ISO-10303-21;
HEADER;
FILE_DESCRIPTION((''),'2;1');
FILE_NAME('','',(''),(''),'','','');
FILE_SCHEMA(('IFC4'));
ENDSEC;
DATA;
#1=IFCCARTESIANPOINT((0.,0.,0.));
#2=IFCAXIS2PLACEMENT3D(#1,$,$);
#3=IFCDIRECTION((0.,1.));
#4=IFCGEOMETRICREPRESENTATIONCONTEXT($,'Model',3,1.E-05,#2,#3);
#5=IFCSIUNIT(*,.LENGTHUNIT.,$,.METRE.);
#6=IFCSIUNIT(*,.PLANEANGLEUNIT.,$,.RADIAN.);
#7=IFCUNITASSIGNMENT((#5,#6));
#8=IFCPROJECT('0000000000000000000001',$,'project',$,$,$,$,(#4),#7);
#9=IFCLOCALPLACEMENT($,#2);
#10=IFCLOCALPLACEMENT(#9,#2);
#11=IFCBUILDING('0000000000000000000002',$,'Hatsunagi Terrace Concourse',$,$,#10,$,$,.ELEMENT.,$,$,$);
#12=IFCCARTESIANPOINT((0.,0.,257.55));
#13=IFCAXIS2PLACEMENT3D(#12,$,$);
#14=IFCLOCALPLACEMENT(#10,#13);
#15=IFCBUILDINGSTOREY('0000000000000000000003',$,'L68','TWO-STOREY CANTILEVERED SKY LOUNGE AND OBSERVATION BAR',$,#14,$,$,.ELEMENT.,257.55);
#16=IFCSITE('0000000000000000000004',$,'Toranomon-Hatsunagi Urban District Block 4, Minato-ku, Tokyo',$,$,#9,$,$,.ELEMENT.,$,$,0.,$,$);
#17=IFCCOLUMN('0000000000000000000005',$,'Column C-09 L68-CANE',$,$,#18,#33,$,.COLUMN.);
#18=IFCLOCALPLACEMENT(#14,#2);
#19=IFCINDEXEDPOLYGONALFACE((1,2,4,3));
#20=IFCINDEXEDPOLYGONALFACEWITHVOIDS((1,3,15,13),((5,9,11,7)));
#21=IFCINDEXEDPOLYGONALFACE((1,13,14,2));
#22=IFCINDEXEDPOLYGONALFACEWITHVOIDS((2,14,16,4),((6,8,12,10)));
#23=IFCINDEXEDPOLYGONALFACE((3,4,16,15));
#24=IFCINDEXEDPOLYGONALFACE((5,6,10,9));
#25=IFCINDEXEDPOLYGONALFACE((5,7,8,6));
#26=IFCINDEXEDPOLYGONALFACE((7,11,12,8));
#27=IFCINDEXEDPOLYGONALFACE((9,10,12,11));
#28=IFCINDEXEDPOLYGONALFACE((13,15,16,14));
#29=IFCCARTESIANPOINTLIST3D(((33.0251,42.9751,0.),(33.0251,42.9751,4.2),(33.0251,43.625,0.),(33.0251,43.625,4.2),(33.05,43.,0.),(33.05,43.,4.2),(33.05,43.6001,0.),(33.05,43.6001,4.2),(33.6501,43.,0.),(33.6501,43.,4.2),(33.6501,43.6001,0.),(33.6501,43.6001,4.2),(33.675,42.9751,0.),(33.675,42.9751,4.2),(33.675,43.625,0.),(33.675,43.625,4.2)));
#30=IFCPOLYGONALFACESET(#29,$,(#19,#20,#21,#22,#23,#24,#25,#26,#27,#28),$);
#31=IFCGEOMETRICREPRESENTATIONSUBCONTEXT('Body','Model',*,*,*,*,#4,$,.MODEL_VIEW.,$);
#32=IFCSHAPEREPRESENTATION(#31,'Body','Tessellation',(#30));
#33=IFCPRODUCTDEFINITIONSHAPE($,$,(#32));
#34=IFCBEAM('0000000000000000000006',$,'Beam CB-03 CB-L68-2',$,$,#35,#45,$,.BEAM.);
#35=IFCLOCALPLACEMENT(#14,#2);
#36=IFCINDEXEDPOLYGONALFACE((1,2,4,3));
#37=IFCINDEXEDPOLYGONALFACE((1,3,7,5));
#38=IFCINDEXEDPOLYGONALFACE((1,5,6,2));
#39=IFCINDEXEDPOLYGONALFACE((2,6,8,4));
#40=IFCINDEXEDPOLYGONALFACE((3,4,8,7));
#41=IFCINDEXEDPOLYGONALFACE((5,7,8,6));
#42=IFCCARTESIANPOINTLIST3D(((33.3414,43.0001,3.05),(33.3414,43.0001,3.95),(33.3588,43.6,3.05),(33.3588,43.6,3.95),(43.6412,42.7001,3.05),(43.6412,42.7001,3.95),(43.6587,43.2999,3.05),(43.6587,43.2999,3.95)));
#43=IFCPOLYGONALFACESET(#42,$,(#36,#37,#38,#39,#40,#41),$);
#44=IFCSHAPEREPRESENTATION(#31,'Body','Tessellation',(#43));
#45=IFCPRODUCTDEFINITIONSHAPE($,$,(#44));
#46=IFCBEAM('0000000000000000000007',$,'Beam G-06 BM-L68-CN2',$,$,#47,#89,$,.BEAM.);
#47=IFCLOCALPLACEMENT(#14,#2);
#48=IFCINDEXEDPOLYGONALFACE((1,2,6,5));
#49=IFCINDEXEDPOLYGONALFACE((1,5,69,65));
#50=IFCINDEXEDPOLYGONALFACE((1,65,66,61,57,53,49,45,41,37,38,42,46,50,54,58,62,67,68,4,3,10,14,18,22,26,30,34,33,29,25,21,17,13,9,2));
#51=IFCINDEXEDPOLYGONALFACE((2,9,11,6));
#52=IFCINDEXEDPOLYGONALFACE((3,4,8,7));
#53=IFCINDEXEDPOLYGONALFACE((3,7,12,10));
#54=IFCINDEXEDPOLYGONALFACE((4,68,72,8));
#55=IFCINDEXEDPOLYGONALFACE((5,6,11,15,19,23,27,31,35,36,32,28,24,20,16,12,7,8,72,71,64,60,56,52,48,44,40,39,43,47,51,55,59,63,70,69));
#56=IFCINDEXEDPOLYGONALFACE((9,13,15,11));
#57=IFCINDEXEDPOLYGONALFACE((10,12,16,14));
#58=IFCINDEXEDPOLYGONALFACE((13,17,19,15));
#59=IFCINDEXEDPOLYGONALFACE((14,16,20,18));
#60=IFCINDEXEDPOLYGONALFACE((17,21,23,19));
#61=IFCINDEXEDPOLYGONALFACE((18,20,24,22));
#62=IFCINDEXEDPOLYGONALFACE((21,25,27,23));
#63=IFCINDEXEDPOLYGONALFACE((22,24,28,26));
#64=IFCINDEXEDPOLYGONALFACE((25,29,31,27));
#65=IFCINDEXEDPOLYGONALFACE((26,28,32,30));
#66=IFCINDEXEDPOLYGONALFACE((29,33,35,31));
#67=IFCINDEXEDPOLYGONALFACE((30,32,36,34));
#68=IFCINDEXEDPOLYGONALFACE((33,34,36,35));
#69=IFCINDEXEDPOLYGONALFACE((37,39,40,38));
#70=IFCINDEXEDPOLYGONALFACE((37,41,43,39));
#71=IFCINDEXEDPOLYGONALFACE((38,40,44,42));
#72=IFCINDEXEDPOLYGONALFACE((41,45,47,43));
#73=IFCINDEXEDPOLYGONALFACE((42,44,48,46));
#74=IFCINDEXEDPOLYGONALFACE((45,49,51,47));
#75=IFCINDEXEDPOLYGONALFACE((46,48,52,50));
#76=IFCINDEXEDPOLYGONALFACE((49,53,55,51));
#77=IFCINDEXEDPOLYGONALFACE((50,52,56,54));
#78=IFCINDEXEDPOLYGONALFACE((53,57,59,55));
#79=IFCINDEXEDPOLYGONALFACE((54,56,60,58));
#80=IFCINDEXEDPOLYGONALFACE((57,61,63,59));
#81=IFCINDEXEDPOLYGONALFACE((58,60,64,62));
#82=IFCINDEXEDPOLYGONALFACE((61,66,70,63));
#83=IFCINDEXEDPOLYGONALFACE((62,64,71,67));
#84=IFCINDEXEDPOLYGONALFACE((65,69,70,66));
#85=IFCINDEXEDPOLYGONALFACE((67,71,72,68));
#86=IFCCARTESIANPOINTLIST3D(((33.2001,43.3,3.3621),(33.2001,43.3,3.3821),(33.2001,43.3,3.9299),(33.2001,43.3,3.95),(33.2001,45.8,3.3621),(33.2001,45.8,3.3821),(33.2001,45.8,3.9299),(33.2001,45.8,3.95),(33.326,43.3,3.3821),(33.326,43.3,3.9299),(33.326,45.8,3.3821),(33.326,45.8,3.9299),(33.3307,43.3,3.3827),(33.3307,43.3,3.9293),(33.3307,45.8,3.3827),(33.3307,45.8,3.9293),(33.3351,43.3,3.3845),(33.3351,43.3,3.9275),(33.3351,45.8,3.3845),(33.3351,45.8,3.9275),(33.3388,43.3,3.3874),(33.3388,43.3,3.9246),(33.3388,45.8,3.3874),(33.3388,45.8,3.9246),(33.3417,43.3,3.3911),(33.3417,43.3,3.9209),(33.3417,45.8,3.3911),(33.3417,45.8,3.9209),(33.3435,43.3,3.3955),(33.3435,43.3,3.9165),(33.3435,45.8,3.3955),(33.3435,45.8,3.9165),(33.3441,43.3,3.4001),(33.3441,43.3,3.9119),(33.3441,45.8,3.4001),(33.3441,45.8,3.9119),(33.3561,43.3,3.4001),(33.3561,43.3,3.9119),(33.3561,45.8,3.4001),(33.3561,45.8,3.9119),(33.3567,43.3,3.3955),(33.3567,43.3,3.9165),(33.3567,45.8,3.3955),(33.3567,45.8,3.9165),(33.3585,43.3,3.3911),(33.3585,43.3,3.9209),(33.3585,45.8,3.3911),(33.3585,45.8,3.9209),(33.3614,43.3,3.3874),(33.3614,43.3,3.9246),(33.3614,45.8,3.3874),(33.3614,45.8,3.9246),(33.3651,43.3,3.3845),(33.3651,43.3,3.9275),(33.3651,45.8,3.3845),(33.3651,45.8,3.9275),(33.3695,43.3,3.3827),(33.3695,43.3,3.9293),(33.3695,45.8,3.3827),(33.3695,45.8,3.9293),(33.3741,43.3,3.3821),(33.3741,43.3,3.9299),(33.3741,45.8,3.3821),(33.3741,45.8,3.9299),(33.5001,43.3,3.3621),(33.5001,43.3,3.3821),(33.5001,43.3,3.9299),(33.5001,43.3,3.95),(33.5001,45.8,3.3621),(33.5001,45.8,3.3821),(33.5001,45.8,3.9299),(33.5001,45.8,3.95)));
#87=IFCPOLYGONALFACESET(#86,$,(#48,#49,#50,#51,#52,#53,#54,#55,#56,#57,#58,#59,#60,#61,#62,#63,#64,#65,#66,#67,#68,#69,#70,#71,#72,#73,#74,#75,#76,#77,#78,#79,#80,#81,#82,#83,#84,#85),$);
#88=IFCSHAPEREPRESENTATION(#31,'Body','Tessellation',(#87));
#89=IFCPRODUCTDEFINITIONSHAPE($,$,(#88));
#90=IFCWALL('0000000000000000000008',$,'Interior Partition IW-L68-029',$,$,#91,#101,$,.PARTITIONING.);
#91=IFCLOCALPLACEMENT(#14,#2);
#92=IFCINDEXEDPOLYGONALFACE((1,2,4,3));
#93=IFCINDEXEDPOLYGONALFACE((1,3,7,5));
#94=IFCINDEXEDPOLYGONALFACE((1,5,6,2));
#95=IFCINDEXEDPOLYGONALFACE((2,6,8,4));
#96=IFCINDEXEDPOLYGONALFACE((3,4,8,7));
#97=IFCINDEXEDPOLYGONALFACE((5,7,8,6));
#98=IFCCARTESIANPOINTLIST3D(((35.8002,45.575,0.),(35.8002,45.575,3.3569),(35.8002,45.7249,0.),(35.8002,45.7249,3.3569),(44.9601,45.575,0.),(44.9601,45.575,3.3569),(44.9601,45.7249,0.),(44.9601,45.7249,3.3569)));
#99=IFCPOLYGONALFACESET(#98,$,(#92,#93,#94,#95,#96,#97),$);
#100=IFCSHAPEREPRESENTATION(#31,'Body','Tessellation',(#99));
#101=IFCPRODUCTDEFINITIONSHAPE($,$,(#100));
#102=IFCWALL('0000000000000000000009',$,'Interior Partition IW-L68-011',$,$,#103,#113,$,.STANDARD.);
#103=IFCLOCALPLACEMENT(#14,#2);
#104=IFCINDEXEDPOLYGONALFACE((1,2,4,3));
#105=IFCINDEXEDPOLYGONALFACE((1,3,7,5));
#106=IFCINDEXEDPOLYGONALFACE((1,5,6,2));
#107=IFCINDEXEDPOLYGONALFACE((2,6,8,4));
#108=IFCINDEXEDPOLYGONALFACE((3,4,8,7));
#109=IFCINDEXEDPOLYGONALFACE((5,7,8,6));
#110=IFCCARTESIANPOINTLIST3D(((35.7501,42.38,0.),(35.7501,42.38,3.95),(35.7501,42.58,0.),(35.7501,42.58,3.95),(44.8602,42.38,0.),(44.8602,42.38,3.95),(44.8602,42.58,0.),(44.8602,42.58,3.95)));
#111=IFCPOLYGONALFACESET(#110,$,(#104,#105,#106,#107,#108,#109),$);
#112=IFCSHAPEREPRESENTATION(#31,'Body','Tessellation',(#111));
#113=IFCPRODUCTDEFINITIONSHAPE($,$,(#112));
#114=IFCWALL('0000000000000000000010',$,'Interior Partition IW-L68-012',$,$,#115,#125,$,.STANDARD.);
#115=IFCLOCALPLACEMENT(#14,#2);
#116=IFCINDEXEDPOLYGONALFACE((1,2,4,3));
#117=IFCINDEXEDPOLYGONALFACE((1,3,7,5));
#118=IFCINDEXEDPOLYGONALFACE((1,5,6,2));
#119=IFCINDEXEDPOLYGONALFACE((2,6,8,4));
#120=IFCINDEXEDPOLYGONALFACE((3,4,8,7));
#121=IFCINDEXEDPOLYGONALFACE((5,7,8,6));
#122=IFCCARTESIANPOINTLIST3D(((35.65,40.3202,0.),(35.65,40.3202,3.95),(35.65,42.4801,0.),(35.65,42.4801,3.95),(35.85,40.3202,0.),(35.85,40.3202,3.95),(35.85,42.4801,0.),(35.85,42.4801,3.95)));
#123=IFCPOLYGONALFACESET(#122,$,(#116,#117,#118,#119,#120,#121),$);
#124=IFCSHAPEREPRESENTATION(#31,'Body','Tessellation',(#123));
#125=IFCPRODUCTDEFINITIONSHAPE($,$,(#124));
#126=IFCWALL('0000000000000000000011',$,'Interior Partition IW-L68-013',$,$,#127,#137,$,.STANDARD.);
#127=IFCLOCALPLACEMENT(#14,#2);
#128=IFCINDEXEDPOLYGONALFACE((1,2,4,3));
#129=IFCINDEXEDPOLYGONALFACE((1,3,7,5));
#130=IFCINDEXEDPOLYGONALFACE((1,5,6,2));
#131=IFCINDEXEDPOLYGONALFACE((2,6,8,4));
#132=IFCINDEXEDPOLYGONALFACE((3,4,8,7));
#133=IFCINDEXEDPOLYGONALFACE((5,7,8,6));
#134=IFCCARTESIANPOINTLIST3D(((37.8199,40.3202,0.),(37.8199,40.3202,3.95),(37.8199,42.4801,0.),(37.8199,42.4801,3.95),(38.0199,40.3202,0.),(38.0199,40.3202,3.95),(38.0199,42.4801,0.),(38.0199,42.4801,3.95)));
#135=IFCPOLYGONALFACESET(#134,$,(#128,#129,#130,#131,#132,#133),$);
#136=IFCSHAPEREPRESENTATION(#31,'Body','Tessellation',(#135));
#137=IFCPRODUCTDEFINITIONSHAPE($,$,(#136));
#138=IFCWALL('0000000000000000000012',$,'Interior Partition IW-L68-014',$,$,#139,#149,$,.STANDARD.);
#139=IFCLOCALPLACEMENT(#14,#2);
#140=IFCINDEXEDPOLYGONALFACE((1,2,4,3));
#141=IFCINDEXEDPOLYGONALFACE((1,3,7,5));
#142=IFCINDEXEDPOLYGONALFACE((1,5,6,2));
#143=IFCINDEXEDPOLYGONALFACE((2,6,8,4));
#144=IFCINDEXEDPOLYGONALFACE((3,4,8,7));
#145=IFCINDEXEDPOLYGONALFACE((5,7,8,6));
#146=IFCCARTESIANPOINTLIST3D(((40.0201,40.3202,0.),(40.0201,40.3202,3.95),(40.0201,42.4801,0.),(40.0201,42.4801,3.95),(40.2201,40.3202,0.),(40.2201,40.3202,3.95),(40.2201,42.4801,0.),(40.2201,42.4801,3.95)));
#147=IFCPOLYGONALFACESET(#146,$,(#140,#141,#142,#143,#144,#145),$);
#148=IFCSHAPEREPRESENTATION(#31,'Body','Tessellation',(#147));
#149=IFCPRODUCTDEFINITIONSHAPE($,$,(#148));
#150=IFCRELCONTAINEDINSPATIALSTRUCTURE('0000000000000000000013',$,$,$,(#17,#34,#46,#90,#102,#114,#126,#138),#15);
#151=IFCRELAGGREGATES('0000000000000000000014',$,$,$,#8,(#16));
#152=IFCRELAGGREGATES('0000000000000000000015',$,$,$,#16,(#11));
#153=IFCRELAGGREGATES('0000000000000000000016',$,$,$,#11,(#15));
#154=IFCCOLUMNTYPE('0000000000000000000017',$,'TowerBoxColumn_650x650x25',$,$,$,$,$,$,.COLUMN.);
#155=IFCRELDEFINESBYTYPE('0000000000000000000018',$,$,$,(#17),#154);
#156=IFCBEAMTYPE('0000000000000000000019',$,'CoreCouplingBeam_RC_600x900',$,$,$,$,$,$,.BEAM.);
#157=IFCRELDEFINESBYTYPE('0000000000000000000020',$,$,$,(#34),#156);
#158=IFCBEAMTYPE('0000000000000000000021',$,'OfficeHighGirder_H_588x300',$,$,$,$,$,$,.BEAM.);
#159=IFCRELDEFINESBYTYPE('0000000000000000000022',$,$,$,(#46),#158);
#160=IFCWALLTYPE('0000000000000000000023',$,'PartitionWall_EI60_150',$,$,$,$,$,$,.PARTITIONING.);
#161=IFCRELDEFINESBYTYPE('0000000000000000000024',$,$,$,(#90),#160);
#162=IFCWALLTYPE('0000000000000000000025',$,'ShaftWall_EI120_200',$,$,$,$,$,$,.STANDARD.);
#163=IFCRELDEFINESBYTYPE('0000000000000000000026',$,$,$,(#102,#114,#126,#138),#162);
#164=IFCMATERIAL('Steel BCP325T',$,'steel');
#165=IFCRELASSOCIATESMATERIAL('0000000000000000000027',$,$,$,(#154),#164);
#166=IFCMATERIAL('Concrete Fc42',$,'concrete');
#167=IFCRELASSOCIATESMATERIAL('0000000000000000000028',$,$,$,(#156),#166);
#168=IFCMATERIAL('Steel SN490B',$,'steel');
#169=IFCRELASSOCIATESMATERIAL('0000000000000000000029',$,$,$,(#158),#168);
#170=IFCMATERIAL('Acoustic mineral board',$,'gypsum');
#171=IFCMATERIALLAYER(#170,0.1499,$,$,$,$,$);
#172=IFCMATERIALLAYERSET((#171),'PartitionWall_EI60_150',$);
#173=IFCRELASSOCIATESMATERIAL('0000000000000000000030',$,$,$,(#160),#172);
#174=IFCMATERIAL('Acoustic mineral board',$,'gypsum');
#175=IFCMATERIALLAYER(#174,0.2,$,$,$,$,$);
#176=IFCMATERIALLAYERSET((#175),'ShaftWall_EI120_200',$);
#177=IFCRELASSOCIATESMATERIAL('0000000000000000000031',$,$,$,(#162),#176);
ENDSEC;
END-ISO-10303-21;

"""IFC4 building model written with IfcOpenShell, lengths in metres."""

from ifc_helpers import new_model, si_unit, direction, frame, frame_2d, origin, origin_2d, place, context, subcontext, project, spatial, rectangle, hollow_rectangle, i_section, extrude, material, layer, layer_set, material_profile, profile_set, type_object, element, save


model = new_model("IFC4")

# Units and contexts
model_context = context("Model", 3, precision=1e-05, world=origin(), true_north=direction((0.0, 1.0)))
body_context = subcontext(model_context, "Body", "Model", "MODEL_VIEW")
ifc_project = project(units=[si_unit("LENGTHUNIT", "METRE"), si_unit("PLANEANGLEUNIT", "RADIAN")], contexts=[model_context])

# Site, building, storey
site_placement = place(None, origin())
site = spatial("IfcSite", under=ifc_project, at=site_placement, Name="Toranomon-Hatsunagi Urban District Block 4, Minato-ku, Tokyo", CompositionType="ELEMENT", RefElevation=0.0)
building_placement = place(site_placement, origin())
building = spatial("IfcBuilding", under=site, at=building_placement, Name="Hatsunagi Terrace Concourse", CompositionType="ELEMENT")
storey_placement = place(building_placement, frame((0.0, 0.0, 257.55)))
storey = spatial("IfcBuildingStorey", under=building, at=storey_placement, Name="L68", Description="TWO-STOREY CANTILEVERED SKY LOUNGE AND OBSERVATION BAR", CompositionType="ELEMENT", Elevation=257.55)

# Column
ifc_material_1 = material(Name="Steel BCP325T", Category="steel")
ifc_material_profile_1 = material_profile(ifc_material_1, hollow_rectangle(XDim=0.6499, YDim=0.6499, WallThickness=0.0249, at=origin_2d()), Name="BCP-650x650x25")
ifc_profile_set_1 = profile_set([ifc_material_profile_1], Name="Steel BCP325T")
column_type = type_object("IfcColumnType", Name="TowerBoxColumn_650x650x25", PredefinedType="COLUMN", material=ifc_profile_set_1)
column_placement = place(storey_placement, frame((33.3501, 43.3, 0.0), z_axis=(0.0, 0.0, 1.0), x_axis=(1.0, 0.0, 0.0)))
element("IfcColumn", 1, at=column_placement, inside=storey, type_object=column_type, Name="Column C-09 L68-CANE", PredefinedType="COLUMN", context=body_context, shape_type="SweptSolid", body=[
    extrude(hollow_rectangle(XDim=0.6499, YDim=0.6499, WallThickness=0.0249, at=origin_2d()), origin(), (0.0, 0.0, 1.0), 4.2),
])

# Beams
ifc_material_2 = material(Name="Concrete Fc42", Category="concrete")
ifc_material_profile_2 = material_profile(ifc_material_2, rectangle(XDim=0.6001, YDim=0.8999, at=origin_2d()), Name="RC-600x900")
ifc_profile_set_2 = profile_set([ifc_material_profile_2], Name="Concrete Fc42")
beam_type_1 = type_object("IfcBeamType", Name="CoreCouplingBeam_RC_600x900", PredefinedType="BEAM", material=ifc_profile_set_2)
beam_1_placement = place(storey_placement, frame((33.3501, 43.3, 3.5), z_axis=(0.999576, -0.029119, 0.0), x_axis=(0.029119, 0.999576, 0.0)))
element("IfcBeam", 2, at=beam_1_placement, inside=storey, type_object=beam_type_1, Name="Beam CB-03 CB-L68-2", PredefinedType="BEAM", context=body_context, shape_type="SweptSolid", body=[
    extrude(rectangle(XDim=0.6001, YDim=0.8999, at=origin_2d()), origin(), (0.0, 0.0, 1.0), 10.3042),
])
ifc_material_3 = material(Name="Steel SN490B", Category="steel")
ifc_material_profile_3 = material_profile(ifc_material_3, i_section(OverallWidth=0.3, OverallDepth=0.5879, WebThickness=0.012, FlangeThickness=0.02, FilletRadius=0.0181, at=origin_2d()), Name="H-588x300x12x20")
ifc_profile_set_3 = profile_set([ifc_material_profile_3], Name="Steel SN490B")
beam_type_2 = type_object("IfcBeamType", Name="OfficeHighGirder_H_588x300", PredefinedType="BEAM", material=ifc_profile_set_3)
beam_2_placement = place(storey_placement, frame((33.3501, 43.3, 3.656), z_axis=(0.0, 1.0, 0.0), x_axis=(-1.0, 0.0, 0.0)))
element("IfcBeam", 3, at=beam_2_placement, inside=storey, type_object=beam_type_2, Name="Beam G-06 BM-L68-CN2", PredefinedType="BEAM", context=body_context, shape_type="SweptSolid", body=[
    extrude(i_section(OverallWidth=0.3, OverallDepth=0.5879, WebThickness=0.012, FlangeThickness=0.02, FilletRadius=0.0181, at=origin_2d()), origin(), (0.0, 0.0, 1.0), 2.5),
])

# Wall
ifc_material_4 = material(Name="Acoustic mineral board", Category="gypsum")
ifc_layer_1 = layer(ifc_material_4, 0.1499)
ifc_layer_set_1 = layer_set([ifc_layer_1], Name="PartitionWall_EI60_150")
wall_type_1 = type_object("IfcWallType", Name="PartitionWall_EI60_150", PredefinedType="PARTITIONING", material=ifc_layer_set_1)
wall_1_placement = place(storey_placement, frame((35.8, 45.6499, 0.0), z_axis=(0.0, 0.0, 1.0), x_axis=(1.0, 0.0, 0.0)))
element("IfcWall", 4, at=wall_1_placement, inside=storey, type_object=wall_type_1, Name="Interior Partition IW-L68-029", PredefinedType="PARTITIONING", context=body_context, shape_type="SweptSolid", body=[
    extrude(rectangle(XDim=9.1599, YDim=0.1499, at=frame_2d((4.5801, 0.0))), origin(), (0.0, 0.0, 1.0), 3.3569),
])

# Walls
ifc_material_5 = material(Name="Acoustic mineral board", Category="gypsum")
ifc_layer_2 = layer(ifc_material_5, 0.2)
ifc_layer_set_2 = layer_set([ifc_layer_2], Name="ShaftWall_EI120_200")
wall_type_2 = type_object("IfcWallType", Name="ShaftWall_EI120_200", PredefinedType="STANDARD", material=ifc_layer_set_2)
wall_2_placement = place(storey_placement, frame((35.75, 42.48, 0.0), z_axis=(0.0, 0.0, 1.0), x_axis=(1.0, 0.0, 0.0)))
element("IfcWall", 5, at=wall_2_placement, inside=storey, type_object=wall_type_2, Name="Interior Partition IW-L68-011", PredefinedType="STANDARD", context=body_context, shape_type="SweptSolid", body=[
    extrude(rectangle(XDim=9.1101, YDim=0.2, at=frame_2d((4.5552, 0.0))), origin(), (0.0, 0.0, 1.0), 3.95),
])
for number, where, z_axis, x_axis, name in (
    (6, (35.75, 40.3201, 0.0), (0.0, 0.0, 1.0), (0.0, 1.0, 0.0), "Interior Partition IW-L68-012"),
    (7, (37.9199, 40.3201, 0.0), (0.0, 0.0, 1.0), (0.0, 1.0, 0.0), "Interior Partition IW-L68-013"),
    (8, (40.1201, 40.3201, 0.0), (0.0, 0.0, 1.0), (0.0, 1.0, 0.0), "Interior Partition IW-L68-014"),
):
    element("IfcWall", number, at=place(storey_placement, frame(where, z_axis=z_axis, x_axis=x_axis)), inside=storey, type_object=wall_type_2, Name=name, PredefinedType="STANDARD", context=body_context, shape_type="SweptSolid", body=[
        extrude(rectangle(XDim=2.1599, YDim=0.2, at=frame_2d((1.0801, 0.0))), origin(), (0.0, 0.0, 1.0), 3.95),
    ])

save(model, "model.ifc")
